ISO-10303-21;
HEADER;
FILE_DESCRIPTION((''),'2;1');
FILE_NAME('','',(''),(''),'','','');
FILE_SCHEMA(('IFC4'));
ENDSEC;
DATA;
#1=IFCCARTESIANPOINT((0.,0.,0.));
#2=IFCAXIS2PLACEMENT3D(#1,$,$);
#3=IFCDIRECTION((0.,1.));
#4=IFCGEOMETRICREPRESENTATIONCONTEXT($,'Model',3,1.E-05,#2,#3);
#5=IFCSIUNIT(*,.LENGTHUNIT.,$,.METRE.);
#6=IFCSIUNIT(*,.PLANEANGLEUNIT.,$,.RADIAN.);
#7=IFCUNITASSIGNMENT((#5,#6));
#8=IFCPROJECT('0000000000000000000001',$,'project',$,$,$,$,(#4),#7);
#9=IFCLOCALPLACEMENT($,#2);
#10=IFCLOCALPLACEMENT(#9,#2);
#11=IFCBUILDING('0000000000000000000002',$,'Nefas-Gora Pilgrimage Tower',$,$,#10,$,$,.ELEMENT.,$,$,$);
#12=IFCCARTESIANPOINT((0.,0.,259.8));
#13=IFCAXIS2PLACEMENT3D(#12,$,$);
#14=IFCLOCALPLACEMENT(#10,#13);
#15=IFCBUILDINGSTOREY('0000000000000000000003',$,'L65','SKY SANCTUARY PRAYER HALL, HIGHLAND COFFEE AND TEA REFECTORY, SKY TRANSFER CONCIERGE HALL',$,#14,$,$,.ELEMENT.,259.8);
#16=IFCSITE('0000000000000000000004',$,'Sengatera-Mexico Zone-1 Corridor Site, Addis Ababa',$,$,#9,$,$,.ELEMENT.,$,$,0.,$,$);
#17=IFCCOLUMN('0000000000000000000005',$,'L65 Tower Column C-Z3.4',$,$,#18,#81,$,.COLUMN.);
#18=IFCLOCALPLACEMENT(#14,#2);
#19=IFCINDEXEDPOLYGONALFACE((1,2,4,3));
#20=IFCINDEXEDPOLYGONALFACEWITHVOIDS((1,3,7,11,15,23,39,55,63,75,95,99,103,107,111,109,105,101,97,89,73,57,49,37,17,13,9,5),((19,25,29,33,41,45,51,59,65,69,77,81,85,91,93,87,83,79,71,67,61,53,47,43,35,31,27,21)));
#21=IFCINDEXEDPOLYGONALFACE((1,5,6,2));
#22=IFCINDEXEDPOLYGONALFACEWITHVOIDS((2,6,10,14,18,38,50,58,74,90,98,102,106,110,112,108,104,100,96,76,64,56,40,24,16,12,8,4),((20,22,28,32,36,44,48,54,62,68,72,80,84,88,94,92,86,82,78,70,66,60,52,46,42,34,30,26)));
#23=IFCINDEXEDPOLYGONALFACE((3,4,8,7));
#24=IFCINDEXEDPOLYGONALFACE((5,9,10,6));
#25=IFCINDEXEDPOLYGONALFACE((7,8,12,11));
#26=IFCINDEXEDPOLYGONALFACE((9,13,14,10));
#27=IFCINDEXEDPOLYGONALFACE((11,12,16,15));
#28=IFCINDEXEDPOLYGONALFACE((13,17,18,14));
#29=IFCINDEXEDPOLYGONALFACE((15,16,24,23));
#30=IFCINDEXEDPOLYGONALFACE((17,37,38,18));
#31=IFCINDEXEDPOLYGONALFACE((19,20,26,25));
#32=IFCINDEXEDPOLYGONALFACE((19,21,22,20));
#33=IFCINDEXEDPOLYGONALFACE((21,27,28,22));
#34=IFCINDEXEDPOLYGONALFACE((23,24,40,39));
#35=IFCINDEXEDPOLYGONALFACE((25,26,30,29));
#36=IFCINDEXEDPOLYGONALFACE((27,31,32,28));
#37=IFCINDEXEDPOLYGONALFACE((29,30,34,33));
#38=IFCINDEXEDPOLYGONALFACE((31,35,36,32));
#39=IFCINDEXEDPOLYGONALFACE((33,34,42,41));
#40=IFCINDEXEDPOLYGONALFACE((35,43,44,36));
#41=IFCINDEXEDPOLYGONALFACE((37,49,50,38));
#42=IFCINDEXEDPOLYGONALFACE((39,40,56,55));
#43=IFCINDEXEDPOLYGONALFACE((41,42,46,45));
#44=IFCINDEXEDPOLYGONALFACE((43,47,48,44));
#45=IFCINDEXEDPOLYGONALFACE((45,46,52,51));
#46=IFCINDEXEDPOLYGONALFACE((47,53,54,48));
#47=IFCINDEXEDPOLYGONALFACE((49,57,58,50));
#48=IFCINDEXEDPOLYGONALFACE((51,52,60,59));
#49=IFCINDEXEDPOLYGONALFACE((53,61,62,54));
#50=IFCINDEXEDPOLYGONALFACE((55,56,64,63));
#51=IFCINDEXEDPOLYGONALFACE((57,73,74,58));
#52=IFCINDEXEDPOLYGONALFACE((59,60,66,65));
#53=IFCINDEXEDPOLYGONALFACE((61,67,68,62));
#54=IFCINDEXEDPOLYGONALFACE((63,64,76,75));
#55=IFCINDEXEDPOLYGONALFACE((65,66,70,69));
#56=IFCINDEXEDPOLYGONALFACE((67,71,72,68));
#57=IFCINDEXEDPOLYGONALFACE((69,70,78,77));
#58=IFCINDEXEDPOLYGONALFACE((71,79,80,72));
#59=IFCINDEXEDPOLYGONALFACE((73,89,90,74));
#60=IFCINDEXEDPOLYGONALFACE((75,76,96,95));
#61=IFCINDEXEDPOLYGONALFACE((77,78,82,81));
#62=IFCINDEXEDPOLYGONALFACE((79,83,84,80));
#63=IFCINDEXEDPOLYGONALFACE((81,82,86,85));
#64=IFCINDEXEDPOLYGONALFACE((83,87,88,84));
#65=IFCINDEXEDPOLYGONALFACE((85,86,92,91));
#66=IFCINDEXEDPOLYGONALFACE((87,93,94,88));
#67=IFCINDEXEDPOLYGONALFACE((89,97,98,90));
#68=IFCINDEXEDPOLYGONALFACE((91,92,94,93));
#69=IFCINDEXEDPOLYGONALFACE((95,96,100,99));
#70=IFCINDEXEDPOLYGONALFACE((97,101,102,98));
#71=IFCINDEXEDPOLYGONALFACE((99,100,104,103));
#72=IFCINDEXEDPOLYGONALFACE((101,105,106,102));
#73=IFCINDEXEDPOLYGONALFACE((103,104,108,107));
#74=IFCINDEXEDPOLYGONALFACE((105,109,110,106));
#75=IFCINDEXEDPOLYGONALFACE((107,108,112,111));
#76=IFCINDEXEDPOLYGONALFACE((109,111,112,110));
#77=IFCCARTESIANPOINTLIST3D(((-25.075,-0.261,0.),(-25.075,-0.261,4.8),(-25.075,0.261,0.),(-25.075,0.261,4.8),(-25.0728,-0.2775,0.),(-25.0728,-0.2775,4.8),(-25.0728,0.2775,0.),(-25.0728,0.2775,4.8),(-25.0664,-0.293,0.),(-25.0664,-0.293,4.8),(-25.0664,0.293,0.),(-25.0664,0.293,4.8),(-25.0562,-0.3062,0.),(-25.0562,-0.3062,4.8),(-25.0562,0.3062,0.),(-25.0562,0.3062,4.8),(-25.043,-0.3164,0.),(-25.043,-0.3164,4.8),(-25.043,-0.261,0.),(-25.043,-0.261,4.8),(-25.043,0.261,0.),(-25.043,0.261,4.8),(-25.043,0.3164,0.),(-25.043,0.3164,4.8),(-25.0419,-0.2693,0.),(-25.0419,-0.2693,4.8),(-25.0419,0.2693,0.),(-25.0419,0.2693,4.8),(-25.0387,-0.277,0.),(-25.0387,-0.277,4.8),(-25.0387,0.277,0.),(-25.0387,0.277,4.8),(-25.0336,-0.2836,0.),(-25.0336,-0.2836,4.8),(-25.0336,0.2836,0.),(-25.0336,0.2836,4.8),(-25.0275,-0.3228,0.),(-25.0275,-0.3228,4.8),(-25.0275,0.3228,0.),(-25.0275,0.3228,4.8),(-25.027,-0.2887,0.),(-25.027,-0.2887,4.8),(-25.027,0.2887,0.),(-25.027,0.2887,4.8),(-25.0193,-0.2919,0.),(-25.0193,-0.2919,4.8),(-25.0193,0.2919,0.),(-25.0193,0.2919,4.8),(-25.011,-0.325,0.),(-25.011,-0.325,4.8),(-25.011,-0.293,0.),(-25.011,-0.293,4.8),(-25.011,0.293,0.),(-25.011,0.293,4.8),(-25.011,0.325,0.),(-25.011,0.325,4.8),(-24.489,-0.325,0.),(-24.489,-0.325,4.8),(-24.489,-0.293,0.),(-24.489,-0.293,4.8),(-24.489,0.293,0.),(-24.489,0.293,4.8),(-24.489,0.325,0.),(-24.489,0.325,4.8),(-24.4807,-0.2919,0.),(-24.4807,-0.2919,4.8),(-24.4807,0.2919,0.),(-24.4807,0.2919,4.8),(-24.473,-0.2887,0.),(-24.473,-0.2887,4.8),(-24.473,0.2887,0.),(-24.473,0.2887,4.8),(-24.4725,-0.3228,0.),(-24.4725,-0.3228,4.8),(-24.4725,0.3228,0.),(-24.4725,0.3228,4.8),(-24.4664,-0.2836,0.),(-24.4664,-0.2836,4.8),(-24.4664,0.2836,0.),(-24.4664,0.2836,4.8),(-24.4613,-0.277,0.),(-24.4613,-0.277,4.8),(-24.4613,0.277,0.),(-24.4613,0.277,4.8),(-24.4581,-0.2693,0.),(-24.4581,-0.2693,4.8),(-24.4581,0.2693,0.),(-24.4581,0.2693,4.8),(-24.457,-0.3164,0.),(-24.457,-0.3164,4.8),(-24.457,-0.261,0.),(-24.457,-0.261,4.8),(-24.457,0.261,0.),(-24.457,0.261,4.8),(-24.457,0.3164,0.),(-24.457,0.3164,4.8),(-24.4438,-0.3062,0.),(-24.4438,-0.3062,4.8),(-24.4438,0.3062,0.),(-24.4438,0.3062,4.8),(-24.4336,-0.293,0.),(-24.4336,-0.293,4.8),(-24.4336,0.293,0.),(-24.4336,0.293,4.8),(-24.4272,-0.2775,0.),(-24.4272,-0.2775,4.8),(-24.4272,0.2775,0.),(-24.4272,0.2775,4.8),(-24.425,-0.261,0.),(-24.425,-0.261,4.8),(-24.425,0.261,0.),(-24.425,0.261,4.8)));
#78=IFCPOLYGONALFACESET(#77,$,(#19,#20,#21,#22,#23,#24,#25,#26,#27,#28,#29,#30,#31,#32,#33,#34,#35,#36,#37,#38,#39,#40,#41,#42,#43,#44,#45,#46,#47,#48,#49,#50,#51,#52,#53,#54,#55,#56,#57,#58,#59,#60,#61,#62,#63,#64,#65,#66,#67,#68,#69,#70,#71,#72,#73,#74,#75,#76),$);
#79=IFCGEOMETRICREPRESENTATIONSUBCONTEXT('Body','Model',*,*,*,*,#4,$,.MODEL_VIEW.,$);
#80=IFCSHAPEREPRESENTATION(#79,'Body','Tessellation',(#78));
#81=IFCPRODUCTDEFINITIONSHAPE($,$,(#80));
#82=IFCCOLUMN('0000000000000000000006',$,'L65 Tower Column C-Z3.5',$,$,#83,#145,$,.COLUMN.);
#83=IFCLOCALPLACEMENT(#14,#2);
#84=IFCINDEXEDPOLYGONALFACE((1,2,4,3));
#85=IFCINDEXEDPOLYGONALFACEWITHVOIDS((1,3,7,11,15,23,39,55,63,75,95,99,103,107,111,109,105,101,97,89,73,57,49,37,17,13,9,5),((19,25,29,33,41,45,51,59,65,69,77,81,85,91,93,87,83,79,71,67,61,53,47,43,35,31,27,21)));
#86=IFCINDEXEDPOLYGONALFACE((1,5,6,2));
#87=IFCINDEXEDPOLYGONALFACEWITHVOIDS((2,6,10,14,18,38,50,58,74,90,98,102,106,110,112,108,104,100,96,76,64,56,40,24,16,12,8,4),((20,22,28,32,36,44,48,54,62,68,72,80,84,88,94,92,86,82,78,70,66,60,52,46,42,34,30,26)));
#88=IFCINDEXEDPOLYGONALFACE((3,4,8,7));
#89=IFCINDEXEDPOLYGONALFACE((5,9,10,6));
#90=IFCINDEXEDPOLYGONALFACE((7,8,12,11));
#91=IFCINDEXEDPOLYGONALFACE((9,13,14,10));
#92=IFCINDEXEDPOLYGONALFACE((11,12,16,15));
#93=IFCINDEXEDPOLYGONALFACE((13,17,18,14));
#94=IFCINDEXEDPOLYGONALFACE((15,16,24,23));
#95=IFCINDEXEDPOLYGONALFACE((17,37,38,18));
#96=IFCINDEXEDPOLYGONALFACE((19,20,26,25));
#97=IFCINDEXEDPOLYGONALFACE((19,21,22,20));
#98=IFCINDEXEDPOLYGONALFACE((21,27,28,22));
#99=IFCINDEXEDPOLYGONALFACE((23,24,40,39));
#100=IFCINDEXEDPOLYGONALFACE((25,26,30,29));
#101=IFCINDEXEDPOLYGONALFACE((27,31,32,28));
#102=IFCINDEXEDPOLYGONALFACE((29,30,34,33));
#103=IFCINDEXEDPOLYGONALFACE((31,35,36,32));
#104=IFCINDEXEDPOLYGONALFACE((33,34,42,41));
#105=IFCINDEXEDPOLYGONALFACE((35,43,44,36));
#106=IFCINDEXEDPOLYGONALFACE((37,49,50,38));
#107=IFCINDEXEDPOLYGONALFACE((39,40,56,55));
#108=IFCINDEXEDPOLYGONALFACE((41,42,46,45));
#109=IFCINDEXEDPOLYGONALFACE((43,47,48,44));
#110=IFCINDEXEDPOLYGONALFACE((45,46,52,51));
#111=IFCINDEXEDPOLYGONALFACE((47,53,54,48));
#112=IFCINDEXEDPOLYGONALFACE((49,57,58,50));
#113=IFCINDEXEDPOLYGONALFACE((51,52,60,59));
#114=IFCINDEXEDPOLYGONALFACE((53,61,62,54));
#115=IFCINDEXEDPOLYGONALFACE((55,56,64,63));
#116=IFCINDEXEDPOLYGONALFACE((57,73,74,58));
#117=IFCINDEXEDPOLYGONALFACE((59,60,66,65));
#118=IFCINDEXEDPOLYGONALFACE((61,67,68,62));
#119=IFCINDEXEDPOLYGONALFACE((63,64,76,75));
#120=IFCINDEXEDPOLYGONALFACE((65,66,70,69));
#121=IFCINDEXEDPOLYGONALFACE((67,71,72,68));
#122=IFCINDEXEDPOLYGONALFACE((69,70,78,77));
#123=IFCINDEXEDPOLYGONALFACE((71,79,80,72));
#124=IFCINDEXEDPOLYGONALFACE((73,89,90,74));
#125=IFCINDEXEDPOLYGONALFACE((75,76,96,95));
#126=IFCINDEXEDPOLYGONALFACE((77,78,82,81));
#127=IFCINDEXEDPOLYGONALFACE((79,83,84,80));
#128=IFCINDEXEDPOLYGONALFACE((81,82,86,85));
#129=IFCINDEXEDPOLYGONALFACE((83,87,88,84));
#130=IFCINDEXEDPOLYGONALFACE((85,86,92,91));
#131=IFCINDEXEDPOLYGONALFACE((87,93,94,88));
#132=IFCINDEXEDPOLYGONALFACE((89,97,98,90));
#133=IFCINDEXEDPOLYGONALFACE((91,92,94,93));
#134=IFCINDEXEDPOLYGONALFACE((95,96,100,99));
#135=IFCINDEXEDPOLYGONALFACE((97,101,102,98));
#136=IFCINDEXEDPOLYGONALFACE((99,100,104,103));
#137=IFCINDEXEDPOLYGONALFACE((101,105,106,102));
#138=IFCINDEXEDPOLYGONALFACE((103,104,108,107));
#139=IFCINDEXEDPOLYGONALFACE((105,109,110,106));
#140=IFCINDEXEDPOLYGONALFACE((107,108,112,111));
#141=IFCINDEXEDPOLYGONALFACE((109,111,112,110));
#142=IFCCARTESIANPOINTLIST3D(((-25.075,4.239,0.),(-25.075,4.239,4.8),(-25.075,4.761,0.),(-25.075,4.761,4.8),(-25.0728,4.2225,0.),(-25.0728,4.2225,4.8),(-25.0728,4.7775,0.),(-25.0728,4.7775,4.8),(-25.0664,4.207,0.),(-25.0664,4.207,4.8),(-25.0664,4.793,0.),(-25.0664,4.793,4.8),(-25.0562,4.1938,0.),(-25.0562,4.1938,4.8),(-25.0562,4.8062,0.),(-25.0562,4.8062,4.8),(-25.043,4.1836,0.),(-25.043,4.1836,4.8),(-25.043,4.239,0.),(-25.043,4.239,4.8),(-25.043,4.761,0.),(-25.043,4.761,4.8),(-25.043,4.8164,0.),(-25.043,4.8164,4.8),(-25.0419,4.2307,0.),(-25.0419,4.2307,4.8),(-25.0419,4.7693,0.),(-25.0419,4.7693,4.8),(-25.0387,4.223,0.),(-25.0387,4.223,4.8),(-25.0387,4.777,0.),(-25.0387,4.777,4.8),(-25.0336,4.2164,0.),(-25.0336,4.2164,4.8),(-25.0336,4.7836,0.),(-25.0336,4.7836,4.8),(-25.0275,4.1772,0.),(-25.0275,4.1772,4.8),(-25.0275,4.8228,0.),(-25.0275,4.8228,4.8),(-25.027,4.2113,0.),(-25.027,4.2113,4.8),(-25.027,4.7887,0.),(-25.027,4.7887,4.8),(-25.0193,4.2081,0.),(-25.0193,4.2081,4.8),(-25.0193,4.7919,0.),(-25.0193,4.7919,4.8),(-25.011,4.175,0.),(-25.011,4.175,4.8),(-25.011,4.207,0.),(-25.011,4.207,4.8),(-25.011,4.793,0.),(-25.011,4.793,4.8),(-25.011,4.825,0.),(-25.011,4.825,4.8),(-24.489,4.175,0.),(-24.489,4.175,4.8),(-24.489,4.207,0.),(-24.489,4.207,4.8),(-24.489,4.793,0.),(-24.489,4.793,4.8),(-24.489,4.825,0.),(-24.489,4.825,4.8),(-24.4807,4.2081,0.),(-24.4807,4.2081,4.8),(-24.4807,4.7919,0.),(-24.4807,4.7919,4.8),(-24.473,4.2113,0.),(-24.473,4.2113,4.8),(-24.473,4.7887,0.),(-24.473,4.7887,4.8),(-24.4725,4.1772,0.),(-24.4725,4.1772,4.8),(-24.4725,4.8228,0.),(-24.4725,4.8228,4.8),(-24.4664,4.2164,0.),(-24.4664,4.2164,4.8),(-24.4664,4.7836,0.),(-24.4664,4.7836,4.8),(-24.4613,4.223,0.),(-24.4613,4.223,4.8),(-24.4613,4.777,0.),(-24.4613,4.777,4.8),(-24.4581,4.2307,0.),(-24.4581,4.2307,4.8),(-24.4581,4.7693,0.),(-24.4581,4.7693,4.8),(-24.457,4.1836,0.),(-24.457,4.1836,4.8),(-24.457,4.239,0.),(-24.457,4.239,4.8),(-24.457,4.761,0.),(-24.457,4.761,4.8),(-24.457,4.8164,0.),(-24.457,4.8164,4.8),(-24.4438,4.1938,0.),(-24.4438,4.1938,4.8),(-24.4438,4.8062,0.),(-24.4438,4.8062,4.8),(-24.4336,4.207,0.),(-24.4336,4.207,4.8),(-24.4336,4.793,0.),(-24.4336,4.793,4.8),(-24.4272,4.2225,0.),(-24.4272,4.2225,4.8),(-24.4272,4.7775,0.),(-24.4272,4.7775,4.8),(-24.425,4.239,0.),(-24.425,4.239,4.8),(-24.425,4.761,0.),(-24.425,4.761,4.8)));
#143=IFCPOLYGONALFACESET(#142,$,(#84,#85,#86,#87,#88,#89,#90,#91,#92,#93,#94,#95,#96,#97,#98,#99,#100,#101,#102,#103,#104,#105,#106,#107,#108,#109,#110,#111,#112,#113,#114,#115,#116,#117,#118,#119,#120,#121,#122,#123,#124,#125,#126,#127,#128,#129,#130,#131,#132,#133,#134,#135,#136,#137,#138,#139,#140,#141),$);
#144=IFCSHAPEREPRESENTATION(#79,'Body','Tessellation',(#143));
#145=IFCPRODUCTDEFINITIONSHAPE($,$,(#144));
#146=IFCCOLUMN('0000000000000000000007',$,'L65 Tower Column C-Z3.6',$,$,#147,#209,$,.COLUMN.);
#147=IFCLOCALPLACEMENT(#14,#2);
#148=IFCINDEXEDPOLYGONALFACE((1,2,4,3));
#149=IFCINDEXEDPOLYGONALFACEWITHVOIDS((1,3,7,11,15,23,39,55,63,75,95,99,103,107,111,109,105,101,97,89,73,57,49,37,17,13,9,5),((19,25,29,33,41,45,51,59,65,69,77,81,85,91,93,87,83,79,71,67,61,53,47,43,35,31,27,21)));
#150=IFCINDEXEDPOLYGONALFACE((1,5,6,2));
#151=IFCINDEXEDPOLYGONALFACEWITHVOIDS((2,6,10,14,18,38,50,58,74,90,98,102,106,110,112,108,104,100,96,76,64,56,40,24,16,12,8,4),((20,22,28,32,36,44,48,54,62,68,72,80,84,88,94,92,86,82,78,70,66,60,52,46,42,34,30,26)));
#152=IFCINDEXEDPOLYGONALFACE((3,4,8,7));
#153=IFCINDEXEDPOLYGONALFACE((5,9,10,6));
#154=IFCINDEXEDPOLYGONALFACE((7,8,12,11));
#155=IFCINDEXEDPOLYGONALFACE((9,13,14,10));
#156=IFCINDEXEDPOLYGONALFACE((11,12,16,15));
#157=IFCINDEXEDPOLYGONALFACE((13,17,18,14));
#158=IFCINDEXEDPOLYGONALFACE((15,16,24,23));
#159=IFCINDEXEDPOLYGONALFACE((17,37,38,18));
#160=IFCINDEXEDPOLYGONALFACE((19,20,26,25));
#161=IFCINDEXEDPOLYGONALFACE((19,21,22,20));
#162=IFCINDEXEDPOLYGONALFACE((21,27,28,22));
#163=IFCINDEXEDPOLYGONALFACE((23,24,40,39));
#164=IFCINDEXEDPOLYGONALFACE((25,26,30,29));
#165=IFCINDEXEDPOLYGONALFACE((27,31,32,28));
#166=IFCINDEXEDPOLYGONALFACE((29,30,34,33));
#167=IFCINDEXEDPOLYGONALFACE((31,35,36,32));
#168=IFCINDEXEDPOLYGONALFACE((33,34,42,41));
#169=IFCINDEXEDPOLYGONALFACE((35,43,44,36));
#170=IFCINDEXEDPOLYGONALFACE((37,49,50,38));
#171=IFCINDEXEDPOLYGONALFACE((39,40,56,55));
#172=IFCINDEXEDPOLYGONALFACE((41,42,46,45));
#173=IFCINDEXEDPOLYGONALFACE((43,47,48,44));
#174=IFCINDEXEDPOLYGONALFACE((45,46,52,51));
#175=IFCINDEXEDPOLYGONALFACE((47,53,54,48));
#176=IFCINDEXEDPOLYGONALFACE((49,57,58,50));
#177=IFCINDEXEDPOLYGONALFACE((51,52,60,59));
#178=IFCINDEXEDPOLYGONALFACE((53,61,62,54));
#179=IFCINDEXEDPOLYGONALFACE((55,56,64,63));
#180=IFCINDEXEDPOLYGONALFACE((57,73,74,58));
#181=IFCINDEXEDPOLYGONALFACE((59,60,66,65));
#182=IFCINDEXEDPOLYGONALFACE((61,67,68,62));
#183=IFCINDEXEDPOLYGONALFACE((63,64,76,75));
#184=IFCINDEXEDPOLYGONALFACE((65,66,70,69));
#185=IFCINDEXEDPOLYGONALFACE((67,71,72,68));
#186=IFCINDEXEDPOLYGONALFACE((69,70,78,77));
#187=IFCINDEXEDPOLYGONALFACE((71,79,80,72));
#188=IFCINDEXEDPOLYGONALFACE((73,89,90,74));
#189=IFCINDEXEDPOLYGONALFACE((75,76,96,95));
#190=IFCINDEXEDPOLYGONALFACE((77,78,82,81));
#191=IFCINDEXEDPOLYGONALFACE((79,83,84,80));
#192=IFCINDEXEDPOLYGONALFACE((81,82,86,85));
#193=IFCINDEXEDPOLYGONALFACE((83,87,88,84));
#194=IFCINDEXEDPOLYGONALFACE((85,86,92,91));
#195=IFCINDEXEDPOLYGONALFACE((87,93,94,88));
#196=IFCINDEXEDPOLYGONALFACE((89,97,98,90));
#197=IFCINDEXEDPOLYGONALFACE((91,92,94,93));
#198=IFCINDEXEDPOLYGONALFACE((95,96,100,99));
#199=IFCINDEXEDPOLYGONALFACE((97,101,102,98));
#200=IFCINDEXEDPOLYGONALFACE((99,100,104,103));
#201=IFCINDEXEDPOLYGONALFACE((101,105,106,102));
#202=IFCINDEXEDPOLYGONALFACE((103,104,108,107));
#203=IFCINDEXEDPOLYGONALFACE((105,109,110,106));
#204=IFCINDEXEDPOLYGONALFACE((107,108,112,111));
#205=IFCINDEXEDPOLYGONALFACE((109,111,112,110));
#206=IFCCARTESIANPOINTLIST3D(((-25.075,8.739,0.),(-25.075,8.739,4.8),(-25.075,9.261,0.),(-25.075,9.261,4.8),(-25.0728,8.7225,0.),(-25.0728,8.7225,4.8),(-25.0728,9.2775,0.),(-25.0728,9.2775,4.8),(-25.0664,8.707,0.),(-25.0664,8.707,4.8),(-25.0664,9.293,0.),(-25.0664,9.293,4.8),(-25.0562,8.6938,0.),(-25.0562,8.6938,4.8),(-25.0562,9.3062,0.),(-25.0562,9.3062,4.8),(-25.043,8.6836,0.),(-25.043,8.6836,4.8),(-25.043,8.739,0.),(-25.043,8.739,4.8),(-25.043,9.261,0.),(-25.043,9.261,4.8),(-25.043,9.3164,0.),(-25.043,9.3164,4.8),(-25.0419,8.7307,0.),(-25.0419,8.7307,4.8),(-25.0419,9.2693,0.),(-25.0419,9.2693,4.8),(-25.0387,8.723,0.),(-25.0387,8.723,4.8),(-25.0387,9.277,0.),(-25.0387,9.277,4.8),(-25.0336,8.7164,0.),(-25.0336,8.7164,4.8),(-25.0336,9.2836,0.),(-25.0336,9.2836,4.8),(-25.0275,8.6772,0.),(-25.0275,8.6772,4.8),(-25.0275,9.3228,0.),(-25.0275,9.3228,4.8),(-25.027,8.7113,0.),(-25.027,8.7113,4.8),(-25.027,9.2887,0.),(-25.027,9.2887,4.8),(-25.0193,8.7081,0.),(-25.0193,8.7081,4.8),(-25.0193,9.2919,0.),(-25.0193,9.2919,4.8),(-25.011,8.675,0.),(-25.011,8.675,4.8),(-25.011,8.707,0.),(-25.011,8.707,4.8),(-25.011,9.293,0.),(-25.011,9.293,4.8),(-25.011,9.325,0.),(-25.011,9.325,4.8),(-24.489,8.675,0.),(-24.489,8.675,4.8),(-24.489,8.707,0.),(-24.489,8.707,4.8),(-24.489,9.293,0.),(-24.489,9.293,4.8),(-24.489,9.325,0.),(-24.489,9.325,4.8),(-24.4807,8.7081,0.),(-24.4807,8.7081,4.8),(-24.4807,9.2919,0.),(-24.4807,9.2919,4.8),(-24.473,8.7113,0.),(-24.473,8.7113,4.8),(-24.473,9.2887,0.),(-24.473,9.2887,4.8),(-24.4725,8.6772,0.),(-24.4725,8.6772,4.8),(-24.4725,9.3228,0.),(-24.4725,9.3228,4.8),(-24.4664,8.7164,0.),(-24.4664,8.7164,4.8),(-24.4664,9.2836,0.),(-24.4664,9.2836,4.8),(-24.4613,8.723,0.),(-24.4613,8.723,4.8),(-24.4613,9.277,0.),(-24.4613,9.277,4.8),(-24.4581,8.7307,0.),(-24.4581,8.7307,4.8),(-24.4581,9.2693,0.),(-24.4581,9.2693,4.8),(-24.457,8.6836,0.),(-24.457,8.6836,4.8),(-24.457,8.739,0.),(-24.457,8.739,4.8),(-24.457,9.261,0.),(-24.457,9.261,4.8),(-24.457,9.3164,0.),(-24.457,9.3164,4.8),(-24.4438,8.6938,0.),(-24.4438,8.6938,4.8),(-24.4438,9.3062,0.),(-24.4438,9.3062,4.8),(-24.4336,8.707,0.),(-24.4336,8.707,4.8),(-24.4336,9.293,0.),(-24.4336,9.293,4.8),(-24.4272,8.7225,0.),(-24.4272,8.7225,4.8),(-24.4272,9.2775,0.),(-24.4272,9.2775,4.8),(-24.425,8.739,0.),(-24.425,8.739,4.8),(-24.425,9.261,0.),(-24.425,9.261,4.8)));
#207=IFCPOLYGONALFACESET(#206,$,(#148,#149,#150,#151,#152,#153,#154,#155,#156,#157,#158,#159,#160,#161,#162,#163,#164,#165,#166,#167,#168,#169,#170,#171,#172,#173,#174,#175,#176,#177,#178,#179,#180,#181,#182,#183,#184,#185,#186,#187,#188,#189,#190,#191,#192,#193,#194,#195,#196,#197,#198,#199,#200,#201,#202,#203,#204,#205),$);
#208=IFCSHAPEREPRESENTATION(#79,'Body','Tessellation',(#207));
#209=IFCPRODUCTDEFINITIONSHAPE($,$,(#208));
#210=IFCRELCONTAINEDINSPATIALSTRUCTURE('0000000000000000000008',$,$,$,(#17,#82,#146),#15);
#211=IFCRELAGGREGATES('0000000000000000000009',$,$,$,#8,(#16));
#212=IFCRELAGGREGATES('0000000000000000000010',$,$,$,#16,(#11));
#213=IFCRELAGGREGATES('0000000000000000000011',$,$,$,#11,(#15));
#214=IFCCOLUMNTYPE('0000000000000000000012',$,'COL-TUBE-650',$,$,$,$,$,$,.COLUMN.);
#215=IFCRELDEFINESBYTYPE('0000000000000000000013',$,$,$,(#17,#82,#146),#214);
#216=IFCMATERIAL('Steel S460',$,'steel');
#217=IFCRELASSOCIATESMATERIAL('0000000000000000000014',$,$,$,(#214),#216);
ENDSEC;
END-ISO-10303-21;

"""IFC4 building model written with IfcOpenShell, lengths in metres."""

from ifc_helpers import new_model, si_unit, direction, frame, origin, origin_2d, place, context, subcontext, project, spatial, hollow_rectangle, extrude, source, transform, mapped, material, material_profile, profile_set, type_object, element, save


model = new_model("IFC4")

# Units and contexts
model_context = context("Model", 3, precision=1e-05, world=origin(), true_north=direction((0.0, 1.0)))
body_context = subcontext(model_context, "Body", "Model", "MODEL_VIEW")
ifc_project = project(units=[si_unit("LENGTHUNIT", "METRE"), si_unit("PLANEANGLEUNIT", "RADIAN")], contexts=[model_context])

# Site, building, storey
site_placement = place(None, origin())
site = spatial("IfcSite", under=ifc_project, at=site_placement, Name="Sengatera-Mexico Zone-1 Corridor Site, Addis Ababa", CompositionType="ELEMENT", RefElevation=0.0)
building_placement = place(site_placement, origin())
building = spatial("IfcBuilding", under=site, at=building_placement, Name="Nefas-Gora Pilgrimage Tower", CompositionType="ELEMENT")
storey_placement = place(building_placement, frame((0.0, 0.0, 259.8)))
storey = spatial("IfcBuildingStorey", under=building, at=storey_placement, Name="L65", Description="SKY SANCTUARY PRAYER HALL, HIGHLAND COFFEE AND TEA REFECTORY, SKY TRANSFER CONCIERGE HALL", CompositionType="ELEMENT", Elevation=259.8)

# Columns
ifc_material_1 = material(Name="Steel S460", Category="steel")
ifc_material_profile_1 = material_profile(ifc_material_1, hollow_rectangle(XDim=0.6499, YDim=0.6499, WallThickness=0.032, InnerFilletRadius=0.032, OuterFilletRadius=0.064, at=origin_2d()), Name="BOX 650x650x32")
ifc_profile_set_1 = profile_set([ifc_material_profile_1], Name="Steel S460")
column_type_1 = type_object("IfcColumnType", Name="COL-TUBE-650", PredefinedType="COLUMN", material=ifc_profile_set_1)
shared_shape_1 = source(origin(), body_context, "Body", "SweptSolid", [
    extrude(hollow_rectangle(XDim=0.6499, YDim=0.6499, WallThickness=0.032, InnerFilletRadius=0.032, OuterFilletRadius=0.064, at=origin_2d()), origin(), (0.0, 0.0, 1.0), 4.8),
])
for number, where, z_axis, x_axis, name in (
    (1, (-24.75, 0.0, 0.0), (0.0, 0.0, 1.0), (1.0, 0.0, 0.0), "L65 Tower Column C-Z3.4"),
    (2, (-24.75, 4.5, 0.0), (0.0, 0.0, 1.0), (1.0, 0.0, 0.0), "L65 Tower Column C-Z3.5"),
    (3, (-24.75, 9.0, 0.0), (0.0, 0.0, 1.0), (1.0, 0.0, 0.0), "L65 Tower Column C-Z3.6"),
):
    element("IfcColumn", number, at=place(storey_placement, frame(where, z_axis=z_axis, x_axis=x_axis)), inside=storey, type_object=column_type_1, Name=name, PredefinedType="COLUMN", context=body_context, shape_type="MappedRepresentation", body=[
        mapped(shared_shape_1, transform((0.0, 0.0, 0.0), x_axis=(1.0, 0.0, 0.0), y_axis=(0.0, 1.0, 0.0), z_axis=(0.0, 0.0, 1.0), scale=1.0)),
    ])

save(model, "model.ifc")
